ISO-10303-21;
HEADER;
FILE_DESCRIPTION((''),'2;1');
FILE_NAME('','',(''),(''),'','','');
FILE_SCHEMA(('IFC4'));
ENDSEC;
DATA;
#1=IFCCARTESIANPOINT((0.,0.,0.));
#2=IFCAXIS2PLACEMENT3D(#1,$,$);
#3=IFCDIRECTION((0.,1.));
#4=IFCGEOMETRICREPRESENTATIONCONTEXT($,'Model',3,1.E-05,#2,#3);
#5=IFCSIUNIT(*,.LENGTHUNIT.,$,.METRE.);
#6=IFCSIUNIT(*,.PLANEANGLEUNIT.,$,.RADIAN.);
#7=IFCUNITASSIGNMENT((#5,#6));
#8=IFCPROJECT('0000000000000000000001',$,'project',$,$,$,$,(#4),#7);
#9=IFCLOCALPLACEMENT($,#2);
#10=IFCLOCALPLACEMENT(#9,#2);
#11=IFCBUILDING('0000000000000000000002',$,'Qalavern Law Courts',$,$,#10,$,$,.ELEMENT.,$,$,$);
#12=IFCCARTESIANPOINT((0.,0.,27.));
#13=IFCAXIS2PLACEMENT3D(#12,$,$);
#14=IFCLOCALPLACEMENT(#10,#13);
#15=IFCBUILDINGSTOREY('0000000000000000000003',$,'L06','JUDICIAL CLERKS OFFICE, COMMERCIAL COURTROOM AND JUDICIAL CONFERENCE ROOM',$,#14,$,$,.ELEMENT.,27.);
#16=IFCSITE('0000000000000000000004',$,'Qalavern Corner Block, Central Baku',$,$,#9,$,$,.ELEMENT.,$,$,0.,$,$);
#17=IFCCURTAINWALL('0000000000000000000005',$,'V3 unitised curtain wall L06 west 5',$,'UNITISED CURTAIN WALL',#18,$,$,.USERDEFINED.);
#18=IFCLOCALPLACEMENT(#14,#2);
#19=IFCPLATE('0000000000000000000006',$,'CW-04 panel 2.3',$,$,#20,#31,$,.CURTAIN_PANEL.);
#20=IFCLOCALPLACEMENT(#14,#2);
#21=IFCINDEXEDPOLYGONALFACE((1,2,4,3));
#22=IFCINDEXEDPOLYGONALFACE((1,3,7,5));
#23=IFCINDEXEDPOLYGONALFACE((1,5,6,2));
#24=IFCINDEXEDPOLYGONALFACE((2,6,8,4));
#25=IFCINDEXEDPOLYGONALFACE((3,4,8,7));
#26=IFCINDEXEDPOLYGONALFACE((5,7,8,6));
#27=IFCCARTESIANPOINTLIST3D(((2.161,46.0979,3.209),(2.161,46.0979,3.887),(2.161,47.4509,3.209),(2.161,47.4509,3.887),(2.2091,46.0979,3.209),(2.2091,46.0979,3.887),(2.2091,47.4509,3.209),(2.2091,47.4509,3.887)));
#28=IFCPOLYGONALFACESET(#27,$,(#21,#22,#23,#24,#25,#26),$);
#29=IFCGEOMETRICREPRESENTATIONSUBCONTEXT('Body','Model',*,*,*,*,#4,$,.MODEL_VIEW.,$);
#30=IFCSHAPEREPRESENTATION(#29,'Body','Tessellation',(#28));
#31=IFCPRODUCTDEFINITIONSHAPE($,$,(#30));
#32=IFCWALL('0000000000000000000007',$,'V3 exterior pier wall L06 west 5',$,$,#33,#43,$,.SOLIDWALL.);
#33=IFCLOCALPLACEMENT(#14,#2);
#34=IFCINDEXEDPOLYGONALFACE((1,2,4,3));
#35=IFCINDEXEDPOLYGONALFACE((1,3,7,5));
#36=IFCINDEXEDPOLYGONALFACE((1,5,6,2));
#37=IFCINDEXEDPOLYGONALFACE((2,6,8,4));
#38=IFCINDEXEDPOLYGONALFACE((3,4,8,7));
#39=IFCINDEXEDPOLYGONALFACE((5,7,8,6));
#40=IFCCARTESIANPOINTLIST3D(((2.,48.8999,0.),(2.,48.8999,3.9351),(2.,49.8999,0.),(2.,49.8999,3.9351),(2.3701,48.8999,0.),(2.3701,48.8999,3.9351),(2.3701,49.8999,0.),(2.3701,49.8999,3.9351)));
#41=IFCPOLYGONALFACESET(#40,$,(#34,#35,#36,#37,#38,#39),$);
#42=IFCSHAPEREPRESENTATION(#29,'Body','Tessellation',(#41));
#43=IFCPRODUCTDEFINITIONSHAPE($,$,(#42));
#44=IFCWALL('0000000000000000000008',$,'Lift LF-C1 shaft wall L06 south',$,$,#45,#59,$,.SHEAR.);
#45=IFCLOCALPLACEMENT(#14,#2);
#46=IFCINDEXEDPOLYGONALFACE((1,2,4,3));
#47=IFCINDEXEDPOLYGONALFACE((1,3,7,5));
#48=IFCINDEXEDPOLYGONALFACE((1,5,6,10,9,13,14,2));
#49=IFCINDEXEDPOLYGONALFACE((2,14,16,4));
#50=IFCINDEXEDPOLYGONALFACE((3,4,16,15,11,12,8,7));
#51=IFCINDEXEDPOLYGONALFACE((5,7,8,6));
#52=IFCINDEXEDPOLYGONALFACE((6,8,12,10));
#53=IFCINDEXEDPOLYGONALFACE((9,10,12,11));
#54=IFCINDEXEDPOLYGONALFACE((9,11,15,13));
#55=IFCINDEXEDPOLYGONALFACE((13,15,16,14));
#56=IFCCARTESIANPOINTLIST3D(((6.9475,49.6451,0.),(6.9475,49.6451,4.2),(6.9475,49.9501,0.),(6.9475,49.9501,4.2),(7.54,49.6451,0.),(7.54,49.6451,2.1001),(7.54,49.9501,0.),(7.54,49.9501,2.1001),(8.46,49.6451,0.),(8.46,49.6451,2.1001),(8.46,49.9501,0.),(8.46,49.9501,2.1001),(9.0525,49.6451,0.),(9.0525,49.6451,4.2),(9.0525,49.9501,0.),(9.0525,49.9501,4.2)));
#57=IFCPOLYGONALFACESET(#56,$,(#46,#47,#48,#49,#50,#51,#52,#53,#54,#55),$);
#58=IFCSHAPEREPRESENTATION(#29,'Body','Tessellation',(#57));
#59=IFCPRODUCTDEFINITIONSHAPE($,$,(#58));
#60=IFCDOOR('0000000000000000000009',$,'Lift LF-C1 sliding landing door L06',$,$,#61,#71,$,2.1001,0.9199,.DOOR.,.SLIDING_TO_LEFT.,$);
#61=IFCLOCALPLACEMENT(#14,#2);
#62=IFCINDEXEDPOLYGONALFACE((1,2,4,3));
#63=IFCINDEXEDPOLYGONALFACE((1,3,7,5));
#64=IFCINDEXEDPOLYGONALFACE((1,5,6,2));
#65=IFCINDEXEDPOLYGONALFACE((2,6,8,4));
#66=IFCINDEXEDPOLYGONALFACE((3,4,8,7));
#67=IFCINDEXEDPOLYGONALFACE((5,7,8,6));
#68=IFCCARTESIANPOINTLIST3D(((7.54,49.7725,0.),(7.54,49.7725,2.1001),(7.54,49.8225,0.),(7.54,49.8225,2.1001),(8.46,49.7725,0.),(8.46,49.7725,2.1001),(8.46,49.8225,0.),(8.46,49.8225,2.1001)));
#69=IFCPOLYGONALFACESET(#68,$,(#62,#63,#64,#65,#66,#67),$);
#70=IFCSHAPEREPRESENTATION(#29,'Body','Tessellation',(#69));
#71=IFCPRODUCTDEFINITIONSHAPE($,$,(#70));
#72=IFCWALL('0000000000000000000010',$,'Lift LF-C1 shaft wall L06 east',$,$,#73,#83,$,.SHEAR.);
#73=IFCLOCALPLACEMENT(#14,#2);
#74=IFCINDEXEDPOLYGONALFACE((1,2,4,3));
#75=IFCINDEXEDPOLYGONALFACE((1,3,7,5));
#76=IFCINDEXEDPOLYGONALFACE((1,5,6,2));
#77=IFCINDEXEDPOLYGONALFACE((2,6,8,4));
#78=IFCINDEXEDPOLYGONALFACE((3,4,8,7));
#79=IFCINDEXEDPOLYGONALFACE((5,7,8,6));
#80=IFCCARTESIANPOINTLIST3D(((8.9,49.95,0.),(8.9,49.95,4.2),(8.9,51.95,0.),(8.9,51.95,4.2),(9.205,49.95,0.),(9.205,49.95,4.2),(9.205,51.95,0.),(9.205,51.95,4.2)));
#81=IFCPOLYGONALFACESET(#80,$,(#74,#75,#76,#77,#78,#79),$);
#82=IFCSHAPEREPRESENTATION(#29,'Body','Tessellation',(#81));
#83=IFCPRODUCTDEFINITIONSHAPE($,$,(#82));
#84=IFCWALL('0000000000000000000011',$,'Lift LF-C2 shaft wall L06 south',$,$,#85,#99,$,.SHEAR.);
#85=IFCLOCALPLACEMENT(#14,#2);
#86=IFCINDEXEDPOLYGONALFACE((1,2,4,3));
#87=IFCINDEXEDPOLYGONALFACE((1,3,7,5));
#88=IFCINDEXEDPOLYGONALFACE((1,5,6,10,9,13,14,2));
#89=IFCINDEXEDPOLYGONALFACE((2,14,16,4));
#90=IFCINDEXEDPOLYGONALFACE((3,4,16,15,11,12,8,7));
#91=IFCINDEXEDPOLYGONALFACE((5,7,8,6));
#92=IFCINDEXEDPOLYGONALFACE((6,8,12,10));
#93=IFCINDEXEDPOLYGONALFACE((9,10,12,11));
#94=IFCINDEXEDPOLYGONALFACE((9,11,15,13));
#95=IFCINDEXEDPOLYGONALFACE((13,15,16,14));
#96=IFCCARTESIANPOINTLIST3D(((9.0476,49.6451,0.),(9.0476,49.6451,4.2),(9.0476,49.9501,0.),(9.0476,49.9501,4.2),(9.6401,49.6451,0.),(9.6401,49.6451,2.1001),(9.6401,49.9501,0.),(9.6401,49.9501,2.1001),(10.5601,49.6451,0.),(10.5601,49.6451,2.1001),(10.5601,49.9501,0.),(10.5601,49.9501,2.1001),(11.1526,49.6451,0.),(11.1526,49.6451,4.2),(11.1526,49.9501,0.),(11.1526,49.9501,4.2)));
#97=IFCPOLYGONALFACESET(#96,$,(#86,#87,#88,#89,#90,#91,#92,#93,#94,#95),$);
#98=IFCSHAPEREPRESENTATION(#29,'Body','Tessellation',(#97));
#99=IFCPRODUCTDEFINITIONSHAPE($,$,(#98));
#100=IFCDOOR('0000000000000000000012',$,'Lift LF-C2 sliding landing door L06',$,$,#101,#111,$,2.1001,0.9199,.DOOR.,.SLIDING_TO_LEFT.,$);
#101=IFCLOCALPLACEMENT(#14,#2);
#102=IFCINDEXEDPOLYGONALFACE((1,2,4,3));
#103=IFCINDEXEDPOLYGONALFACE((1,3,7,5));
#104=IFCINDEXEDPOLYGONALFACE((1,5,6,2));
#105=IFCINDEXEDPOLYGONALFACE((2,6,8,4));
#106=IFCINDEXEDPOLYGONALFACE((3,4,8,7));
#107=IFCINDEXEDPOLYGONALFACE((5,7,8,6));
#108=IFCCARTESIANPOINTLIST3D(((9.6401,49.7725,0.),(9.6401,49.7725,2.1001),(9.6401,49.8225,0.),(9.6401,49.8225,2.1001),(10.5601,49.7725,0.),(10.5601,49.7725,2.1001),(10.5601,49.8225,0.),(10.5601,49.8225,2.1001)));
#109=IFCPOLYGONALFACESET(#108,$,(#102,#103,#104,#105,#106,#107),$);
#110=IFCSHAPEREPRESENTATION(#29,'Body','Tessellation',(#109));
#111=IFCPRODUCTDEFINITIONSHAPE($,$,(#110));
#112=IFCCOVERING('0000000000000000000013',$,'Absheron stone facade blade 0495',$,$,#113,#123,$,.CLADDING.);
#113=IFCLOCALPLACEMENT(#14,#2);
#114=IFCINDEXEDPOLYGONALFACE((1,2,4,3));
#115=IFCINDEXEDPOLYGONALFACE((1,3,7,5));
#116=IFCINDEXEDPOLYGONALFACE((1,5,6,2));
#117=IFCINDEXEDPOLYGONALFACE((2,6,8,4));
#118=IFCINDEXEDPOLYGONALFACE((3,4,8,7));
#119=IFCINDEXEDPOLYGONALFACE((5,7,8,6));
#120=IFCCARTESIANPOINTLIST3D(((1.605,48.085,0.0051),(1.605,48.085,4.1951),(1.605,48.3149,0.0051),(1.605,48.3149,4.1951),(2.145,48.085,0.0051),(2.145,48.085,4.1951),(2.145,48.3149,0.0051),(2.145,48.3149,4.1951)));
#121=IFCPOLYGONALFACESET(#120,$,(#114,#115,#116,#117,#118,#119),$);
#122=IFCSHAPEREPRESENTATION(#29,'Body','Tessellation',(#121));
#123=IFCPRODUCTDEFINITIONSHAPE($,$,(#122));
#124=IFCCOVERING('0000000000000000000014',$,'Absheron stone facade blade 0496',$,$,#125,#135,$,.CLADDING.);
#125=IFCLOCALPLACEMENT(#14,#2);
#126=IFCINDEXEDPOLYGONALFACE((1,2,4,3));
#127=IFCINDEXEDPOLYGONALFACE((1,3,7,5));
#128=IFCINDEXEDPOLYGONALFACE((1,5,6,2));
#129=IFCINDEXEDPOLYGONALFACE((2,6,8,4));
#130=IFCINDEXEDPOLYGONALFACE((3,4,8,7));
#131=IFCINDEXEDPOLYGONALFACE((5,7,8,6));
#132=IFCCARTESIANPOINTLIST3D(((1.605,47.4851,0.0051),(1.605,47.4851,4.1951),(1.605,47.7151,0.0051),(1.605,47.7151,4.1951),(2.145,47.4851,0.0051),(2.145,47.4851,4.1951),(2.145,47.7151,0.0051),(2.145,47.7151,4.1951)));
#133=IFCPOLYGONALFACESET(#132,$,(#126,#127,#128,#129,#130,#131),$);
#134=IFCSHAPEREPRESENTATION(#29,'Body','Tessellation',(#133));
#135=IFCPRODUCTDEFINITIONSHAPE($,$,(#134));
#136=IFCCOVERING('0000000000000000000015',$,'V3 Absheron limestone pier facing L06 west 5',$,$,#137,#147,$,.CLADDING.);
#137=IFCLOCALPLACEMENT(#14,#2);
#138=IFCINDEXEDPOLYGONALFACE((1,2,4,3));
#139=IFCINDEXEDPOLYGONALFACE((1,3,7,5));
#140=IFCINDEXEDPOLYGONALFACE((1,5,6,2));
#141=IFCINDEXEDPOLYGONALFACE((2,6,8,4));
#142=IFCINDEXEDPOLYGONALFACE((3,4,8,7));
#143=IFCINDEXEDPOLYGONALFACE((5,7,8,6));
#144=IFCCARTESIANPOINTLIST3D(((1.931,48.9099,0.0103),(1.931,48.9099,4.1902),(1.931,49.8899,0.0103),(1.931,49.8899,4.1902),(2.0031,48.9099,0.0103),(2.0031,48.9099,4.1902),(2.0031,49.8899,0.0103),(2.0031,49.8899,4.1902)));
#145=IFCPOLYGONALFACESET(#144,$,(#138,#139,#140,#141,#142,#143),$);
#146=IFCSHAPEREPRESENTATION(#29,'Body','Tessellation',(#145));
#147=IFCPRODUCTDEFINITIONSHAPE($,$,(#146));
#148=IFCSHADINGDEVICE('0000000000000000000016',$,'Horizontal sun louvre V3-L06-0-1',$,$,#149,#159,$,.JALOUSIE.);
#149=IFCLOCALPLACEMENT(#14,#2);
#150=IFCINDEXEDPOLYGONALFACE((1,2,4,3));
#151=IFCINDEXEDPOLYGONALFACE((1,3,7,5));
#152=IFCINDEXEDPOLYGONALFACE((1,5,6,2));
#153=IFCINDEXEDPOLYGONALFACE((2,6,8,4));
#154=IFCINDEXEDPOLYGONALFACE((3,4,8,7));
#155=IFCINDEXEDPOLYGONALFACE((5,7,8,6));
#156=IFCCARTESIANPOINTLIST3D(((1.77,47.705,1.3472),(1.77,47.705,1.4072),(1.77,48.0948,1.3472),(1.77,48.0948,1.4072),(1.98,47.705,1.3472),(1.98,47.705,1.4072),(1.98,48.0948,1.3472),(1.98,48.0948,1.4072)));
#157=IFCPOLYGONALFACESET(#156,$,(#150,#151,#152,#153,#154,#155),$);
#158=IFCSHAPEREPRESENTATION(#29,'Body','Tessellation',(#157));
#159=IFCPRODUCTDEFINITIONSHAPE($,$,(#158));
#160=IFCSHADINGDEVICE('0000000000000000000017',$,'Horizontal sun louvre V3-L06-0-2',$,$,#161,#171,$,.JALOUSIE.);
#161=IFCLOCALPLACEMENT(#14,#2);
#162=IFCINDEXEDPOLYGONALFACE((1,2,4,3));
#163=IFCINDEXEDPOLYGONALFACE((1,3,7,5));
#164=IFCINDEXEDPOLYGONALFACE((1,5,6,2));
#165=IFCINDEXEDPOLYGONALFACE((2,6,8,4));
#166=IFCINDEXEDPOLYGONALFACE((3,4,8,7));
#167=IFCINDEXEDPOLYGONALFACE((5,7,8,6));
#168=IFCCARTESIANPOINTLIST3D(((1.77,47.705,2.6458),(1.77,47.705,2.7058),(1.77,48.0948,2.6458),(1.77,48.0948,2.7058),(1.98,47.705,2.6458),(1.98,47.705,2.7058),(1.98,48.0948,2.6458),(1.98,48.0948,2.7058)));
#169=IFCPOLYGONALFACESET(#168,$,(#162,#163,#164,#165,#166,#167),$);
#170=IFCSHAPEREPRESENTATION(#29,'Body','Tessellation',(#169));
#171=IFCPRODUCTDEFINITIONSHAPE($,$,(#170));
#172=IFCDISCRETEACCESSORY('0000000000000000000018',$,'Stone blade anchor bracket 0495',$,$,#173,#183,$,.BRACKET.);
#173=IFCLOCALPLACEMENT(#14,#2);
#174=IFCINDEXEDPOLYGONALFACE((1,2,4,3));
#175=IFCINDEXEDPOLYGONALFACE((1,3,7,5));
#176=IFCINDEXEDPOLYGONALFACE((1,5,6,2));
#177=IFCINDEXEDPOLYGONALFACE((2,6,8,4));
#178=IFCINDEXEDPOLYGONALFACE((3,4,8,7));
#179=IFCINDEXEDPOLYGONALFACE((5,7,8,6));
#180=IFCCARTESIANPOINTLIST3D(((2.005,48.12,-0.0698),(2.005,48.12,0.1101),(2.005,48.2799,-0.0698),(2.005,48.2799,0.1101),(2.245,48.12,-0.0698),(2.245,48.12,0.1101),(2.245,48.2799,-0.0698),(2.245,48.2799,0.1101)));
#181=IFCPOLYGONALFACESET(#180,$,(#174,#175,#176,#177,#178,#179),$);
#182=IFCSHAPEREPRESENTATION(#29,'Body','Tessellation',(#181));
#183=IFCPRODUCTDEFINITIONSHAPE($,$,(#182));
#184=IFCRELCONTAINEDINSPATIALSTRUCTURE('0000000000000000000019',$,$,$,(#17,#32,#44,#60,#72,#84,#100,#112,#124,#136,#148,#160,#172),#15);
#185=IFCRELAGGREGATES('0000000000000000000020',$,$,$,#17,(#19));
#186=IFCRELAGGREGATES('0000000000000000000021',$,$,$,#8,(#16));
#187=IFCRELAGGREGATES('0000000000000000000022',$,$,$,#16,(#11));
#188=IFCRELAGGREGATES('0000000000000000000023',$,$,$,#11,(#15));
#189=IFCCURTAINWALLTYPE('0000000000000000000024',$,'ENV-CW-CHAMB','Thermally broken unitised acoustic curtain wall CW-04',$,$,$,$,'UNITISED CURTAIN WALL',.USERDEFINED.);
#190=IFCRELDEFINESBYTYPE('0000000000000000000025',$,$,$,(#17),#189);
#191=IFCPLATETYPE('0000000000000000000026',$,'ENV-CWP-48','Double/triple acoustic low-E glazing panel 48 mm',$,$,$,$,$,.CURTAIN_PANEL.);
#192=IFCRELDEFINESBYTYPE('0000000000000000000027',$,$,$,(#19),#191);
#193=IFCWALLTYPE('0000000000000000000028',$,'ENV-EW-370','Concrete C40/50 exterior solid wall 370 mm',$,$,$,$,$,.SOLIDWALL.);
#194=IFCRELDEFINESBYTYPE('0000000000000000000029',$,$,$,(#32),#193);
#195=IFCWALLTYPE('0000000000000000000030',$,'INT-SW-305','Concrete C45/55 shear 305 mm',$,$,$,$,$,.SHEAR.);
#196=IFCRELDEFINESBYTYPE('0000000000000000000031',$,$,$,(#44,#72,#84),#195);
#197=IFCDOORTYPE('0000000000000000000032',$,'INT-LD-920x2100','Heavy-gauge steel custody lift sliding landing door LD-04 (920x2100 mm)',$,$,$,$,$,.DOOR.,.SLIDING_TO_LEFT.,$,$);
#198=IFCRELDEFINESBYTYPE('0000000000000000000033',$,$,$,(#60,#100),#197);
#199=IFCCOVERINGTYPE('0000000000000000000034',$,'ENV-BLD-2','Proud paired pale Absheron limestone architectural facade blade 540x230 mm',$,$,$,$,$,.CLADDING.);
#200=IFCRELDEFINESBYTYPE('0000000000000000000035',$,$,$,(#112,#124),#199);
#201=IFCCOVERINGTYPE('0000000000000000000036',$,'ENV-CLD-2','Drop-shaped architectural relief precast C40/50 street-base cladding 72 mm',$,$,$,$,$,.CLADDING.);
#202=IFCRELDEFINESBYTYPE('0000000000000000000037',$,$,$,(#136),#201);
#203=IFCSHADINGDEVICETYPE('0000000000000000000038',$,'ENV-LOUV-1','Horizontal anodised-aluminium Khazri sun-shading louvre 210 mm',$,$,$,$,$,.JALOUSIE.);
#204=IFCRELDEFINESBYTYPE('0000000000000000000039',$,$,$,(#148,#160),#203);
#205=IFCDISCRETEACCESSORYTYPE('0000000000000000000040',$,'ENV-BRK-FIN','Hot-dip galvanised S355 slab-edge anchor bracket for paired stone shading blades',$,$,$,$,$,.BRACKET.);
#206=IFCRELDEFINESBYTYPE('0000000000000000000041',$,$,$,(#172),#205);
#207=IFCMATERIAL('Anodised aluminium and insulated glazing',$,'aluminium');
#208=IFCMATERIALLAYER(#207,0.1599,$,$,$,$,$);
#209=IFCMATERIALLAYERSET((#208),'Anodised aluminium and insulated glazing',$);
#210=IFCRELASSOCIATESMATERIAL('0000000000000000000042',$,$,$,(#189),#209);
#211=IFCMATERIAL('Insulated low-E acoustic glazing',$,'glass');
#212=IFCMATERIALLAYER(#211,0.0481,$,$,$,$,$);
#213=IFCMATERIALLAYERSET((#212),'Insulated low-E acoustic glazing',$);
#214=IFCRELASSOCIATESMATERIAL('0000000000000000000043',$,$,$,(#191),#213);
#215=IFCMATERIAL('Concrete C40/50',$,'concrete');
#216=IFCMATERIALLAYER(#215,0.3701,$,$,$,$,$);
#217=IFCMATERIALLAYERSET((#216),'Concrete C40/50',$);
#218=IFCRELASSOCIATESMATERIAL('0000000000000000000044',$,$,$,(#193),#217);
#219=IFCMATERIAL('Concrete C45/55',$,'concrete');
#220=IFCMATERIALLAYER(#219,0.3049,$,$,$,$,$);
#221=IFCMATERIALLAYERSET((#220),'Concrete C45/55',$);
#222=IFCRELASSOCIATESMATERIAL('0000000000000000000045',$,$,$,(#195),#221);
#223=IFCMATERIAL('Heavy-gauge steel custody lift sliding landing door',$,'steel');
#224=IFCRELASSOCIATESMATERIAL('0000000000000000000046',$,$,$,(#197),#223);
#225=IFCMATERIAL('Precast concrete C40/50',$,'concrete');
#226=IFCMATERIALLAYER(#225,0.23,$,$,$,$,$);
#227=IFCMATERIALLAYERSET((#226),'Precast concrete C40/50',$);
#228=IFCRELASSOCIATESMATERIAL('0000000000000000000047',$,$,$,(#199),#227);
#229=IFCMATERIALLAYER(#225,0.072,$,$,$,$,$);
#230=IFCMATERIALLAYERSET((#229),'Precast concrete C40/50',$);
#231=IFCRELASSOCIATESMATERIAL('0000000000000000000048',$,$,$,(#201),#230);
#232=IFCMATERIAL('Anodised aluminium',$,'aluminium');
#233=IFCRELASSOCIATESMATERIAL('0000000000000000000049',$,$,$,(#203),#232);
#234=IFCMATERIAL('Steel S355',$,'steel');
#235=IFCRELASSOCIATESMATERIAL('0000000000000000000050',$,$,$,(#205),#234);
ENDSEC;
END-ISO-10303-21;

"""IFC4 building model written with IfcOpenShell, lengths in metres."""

from ifc_helpers import new_model, si_unit, direction, frame, frame_2d, origin, origin_2d, place, context, subcontext, project, spatial, rectangle, extrude, material, layer, layer_set, type_object, element, fill, aggregate, save


model = new_model("IFC4")

# Units and contexts
model_context = context("Model", 3, precision=1e-05, world=origin(), true_north=direction((0.0, 1.0)))
body_context = subcontext(model_context, "Body", "Model", "MODEL_VIEW")
ifc_project = project(units=[si_unit("LENGTHUNIT", "METRE"), si_unit("PLANEANGLEUNIT", "RADIAN")], contexts=[model_context])

# Site, building, storey
site_placement = place(None, origin())
site = spatial("IfcSite", under=ifc_project, at=site_placement, Name="Qalavern Corner Block, Central Baku", CompositionType="ELEMENT", RefElevation=0.0)
building_placement = place(site_placement, origin())
building = spatial("IfcBuilding", under=site, at=building_placement, Name="Qalavern Law Courts", CompositionType="ELEMENT")
storey_placement = place(building_placement, frame((0.0, 0.0, 27.0)))
storey = spatial("IfcBuildingStorey", under=building, at=storey_placement, Name="L06", Description="JUDICIAL CLERKS OFFICE, COMMERCIAL COURTROOM AND JUDICIAL CONFERENCE ROOM", CompositionType="ELEMENT", Elevation=27.0)

# Shared definitions
ifc_material_1 = material(Name="Concrete C45/55", Category="concrete")

# Shared definitions
ifc_material_2 = material(Name="Anodised aluminium and insulated glazing", Category="aluminium")
ifc_layer_1 = layer(ifc_material_2, 0.1599)
ifc_layer_set_1 = layer_set([ifc_layer_1], Name="Anodised aluminium and insulated glazing")
curtain_wall_type = type_object("IfcCurtainWallType", Name="ENV-CW-CHAMB", Description="Thermally broken unitised acoustic curtain wall CW-04", ElementType="UNITISED CURTAIN WALL", PredefinedType="USERDEFINED", material=ifc_layer_set_1)
ifc_material_3 = material(Name="Anodised aluminium", Category="aluminium")

# Curtain wall
curtain_wall_1_placement = place(storey_placement, origin())
curtain_wall_1 = element("IfcCurtainWall", 1, at=curtain_wall_1_placement, inside=storey, type_object=curtain_wall_type, Name="V3 unitised curtain wall L06 west 5", ObjectType="UNITISED CURTAIN WALL", PredefinedType="USERDEFINED")

# Shared definitions
ifc_material_4 = material(Name="Steel S355", Category="steel")
ifc_material_5 = material(Name="Concrete C40/50", Category="concrete")

# Plate
ifc_material_6 = material(Name="Insulated low-E acoustic glazing", Category="glass")
ifc_layer_2 = layer(ifc_material_6, 0.0481)
ifc_layer_set_2 = layer_set([ifc_layer_2], Name="Insulated low-E acoustic glazing")
plate_type_1 = type_object("IfcPlateType", Name="ENV-CWP-48", Description="Double/triple acoustic low-E glazing panel 48 mm", PredefinedType="CURTAIN_PANEL", material=ifc_layer_set_2)
plate_1_placement = place(storey_placement, frame((2.1851, 46.7744, 3.209), z_axis=(0.0, 0.0, 1.0), x_axis=(0.0, -1.0, 0.0)))
plate_1 = element("IfcPlate", 2, at=plate_1_placement, type_object=plate_type_1, Name="CW-04 panel 2.3", PredefinedType="CURTAIN_PANEL", context=body_context, shape_type="SweptSolid", body=[
    extrude(rectangle(XDim=1.353, YDim=0.0481, at=origin_2d()), origin(), (0.0, 0.0, 1.0), 0.678),
])
aggregate(curtain_wall_1, [plate_1])

# Wall
ifc_layer_3 = layer(ifc_material_5, 0.3701)
ifc_layer_set_3 = layer_set([ifc_layer_3], Name="Concrete C40/50")
wall_type_1 = type_object("IfcWallType", Name="ENV-EW-370", Description="Concrete C40/50 exterior solid wall 370 mm", PredefinedType="SOLIDWALL", material=ifc_layer_set_3)
wall_1_placement = place(storey_placement, frame((2.1851, 49.8999, 0.0), z_axis=(0.0, 0.0, 1.0), x_axis=(0.0, -1.0, 0.0)))
element("IfcWall", 3, at=wall_1_placement, inside=storey, type_object=wall_type_1, Name="V3 exterior pier wall L06 west 5", PredefinedType="SOLIDWALL", context=body_context, shape_type="SweptSolid", body=[
    extrude(rectangle(XDim=1.0, YDim=0.3701, at=frame_2d((0.5, 0.0))), origin(), (0.0, 0.0, 1.0), 3.9351),
])

# Wall, opening, door
ifc_layer_4 = layer(ifc_material_1, 0.3049)
ifc_layer_set_4 = layer_set([ifc_layer_4], Name="Concrete C45/55")
wall_type_2 = type_object("IfcWallType", Name="INT-SW-305", Description="Concrete C45/55 shear 305 mm", PredefinedType="SHEAR", material=ifc_layer_set_4)
wall_2_placement = place(storey_placement, frame((6.9475, 49.7976, 0.0), z_axis=(0.0, 0.0, 1.0), x_axis=(1.0, 0.0, 0.0)))
wall_2 = element("IfcWall", 4, at=wall_2_placement, inside=storey, type_object=wall_type_2, Name="Lift LF-C1 shaft wall L06 south", PredefinedType="SHEAR", context=body_context, shape_type="SweptSolid", body=[
    extrude(rectangle(XDim=2.105, YDim=0.3049, at=frame_2d((1.0525, 0.0))), origin(), (0.0, 0.0, 1.0), 4.2),
])
opening_1_placement = place(wall_2_placement, frame((0.5925, 0.0, 0.0)))
opening_1 = element("IfcOpeningElement", 5, at=opening_1_placement, cuts=wall_2, PredefinedType="OPENING", context=body_context, shape_type="SweptSolid", body=[
    extrude(rectangle(XDim=0.9199, YDim=2.1001, at=frame_2d((0.46, 1.05))), frame((0.0, 0.1675, 0.0), z_axis=(0.0, -1.0, 0.0), x_axis=(1.0, 0.0, 0.0)), (0.0, 0.0, 1.0), 0.3347),
])
ifc_material_7 = material(Name="Heavy-gauge steel custody lift sliding landing door", Category="steel")
door_type = type_object("IfcDoorType", Name="INT-LD-920x2100", Description="Heavy-gauge steel custody lift sliding landing door LD-04 (920x2100 mm)", OperationType="SLIDING_TO_LEFT", PredefinedType="DOOR", material=ifc_material_7)
door_1_placement = place(opening_1_placement, origin())
door_1 = element("IfcDoor", 6, at=door_1_placement, inside=storey, type_object=door_type, Name="Lift LF-C1 sliding landing door L06", OperationType="SLIDING_TO_LEFT", OverallHeight=2.1001, OverallWidth=0.9199, PredefinedType="DOOR", context=body_context, shape_type="SweptSolid", body=[
    extrude(rectangle(XDim=0.9199, YDim=2.1001, at=frame_2d((0.46, 1.05))), frame((0.0, 0.0249, 0.0), z_axis=(0.0, -1.0, 0.0), x_axis=(1.0, 0.0, 0.0)), (0.0, 0.0, 1.0), 0.05),
])
fill(opening_1, door_1)

# Wall
wall_3_placement = place(storey_placement, frame((9.0525, 49.95, 0.0), z_axis=(0.0, 0.0, 1.0), x_axis=(0.0, 1.0, 0.0)))
element("IfcWall", 7, at=wall_3_placement, inside=storey, type_object=wall_type_2, Name="Lift LF-C1 shaft wall L06 east", PredefinedType="SHEAR", context=body_context, shape_type="SweptSolid", body=[
    extrude(rectangle(XDim=2.0, YDim=0.3049, at=frame_2d((1.0, 0.0))), origin(), (0.0, 0.0, 1.0), 4.2),
])

# Wall, opening, door
wall_4_placement = place(storey_placement, frame((9.0476, 49.7976, 0.0), z_axis=(0.0, 0.0, 1.0), x_axis=(1.0, 0.0, 0.0)))
wall_4 = element("IfcWall", 8, at=wall_4_placement, inside=storey, type_object=wall_type_2, Name="Lift LF-C2 shaft wall L06 south", PredefinedType="SHEAR", context=body_context, shape_type="SweptSolid", body=[
    extrude(rectangle(XDim=2.105, YDim=0.3049, at=frame_2d((1.0525, 0.0))), origin(), (0.0, 0.0, 1.0), 4.2),
])
opening_2_placement = place(wall_4_placement, frame((0.5925, 0.0, 0.0)))
opening_2 = element("IfcOpeningElement", 9, at=opening_2_placement, cuts=wall_4, PredefinedType="OPENING", context=body_context, shape_type="SweptSolid", body=[
    extrude(rectangle(XDim=0.9199, YDim=2.1001, at=frame_2d((0.46, 1.05))), frame((0.0, 0.1675, 0.0), z_axis=(0.0, -1.0, 0.0), x_axis=(1.0, 0.0, 0.0)), (0.0, 0.0, 1.0), 0.3347),
])
door_2_placement = place(opening_2_placement, origin())
door_2 = element("IfcDoor", 10, at=door_2_placement, inside=storey, type_object=door_type, Name="Lift LF-C2 sliding landing door L06", OperationType="SLIDING_TO_LEFT", OverallHeight=2.1001, OverallWidth=0.9199, PredefinedType="DOOR", context=body_context, shape_type="SweptSolid", body=[
    extrude(rectangle(XDim=0.9199, YDim=2.1001, at=frame_2d((0.46, 1.05))), frame((0.0, 0.0249, 0.0), z_axis=(0.0, -1.0, 0.0), x_axis=(1.0, 0.0, 0.0)), (0.0, 0.0, 1.0), 0.05),
])
fill(opening_2, door_2)

# Coverings
ifc_material_8 = material(Name="Precast concrete C40/50", Category="concrete")
ifc_layer_5 = layer(ifc_material_8, 0.23)
ifc_layer_set_5 = layer_set([ifc_layer_5], Name="Precast concrete C40/50")
covering_type_1 = type_object("IfcCoveringType", Name="ENV-BLD-2", Description="Proud paired pale Absheron limestone architectural facade blade 540x230 mm", PredefinedType="CLADDING", material=ifc_layer_set_5)
for number, where, z_axis, x_axis, name in (
    (11, (1.875, 48.2, 0.0051), (0.0, 0.0, 1.0), (-1.0, 0.0, 0.0), "Absheron stone facade blade 0495"),
    (12, (1.875, 47.6001, 0.0051), (0.0, 0.0, 1.0), (-1.0, 0.0, 0.0), "Absheron stone facade blade 0496"),
):
    element("IfcCovering", number, at=place(storey_placement, frame(where, z_axis=z_axis, x_axis=x_axis)), inside=storey, type_object=covering_type_1, Name=name, PredefinedType="CLADDING", context=body_context, shape_type="SweptSolid", body=[
        extrude(rectangle(XDim=0.54, YDim=0.23, at=origin_2d()), origin(), (0.0, 0.0, 1.0), 4.1899),
    ])
ifc_layer_6 = layer(ifc_material_8, 0.072)
ifc_layer_set_6 = layer_set([ifc_layer_6], Name="Precast concrete C40/50")
covering_type_2 = type_object("IfcCoveringType", Name="ENV-CLD-2", Description="Drop-shaped architectural relief precast C40/50 street-base cladding 72 mm", PredefinedType="CLADDING", material=ifc_layer_set_6)
covering_placement = place(storey_placement, frame((1.967, 49.3999, 0.0103), z_axis=(0.0, 0.0, 1.0), x_axis=(0.0, -1.0, 0.0)))
element("IfcCovering", 13, at=covering_placement, inside=storey, type_object=covering_type_2, Name="V3 Absheron limestone pier facing L06 west 5", PredefinedType="CLADDING", context=body_context, shape_type="SweptSolid", body=[
    extrude(rectangle(XDim=0.98, YDim=0.072, at=origin_2d()), origin(), (0.0, 0.0, 1.0), 4.1799),
])

# Shading devices
shading_device_type = type_object("IfcShadingDeviceType", Name="ENV-LOUV-1", Description="Horizontal anodised-aluminium Khazri sun-shading louvre 210 mm", PredefinedType="JALOUSIE", material=ifc_material_3)
for number, where, z_axis, x_axis, name in (
    (14, (1.875, 47.8999, 1.3472), (0.0, 0.0, 1.0), (0.0, -1.0, 0.0), "Horizontal sun louvre V3-L06-0-1"),
    (15, (1.875, 47.8999, 2.6458), (0.0, 0.0, 1.0), (0.0, -1.0, 0.0), "Horizontal sun louvre V3-L06-0-2"),
):
    element("IfcShadingDevice", number, at=place(storey_placement, frame(where, z_axis=z_axis, x_axis=x_axis)), inside=storey, type_object=shading_device_type, Name=name, PredefinedType="JALOUSIE", context=body_context, shape_type="SweptSolid", body=[
        extrude(rectangle(XDim=0.3899, YDim=0.21, at=origin_2d()), origin(), (0.0, 0.0, 1.0), 0.0601),
    ])

# Discrete accessory
discrete_accessory_type = type_object("IfcDiscreteAccessoryType", Name="ENV-BRK-FIN", Description="Hot-dip galvanised S355 slab-edge anchor bracket for paired stone shading blades", PredefinedType="BRACKET", material=ifc_material_4)
for number, where, z_axis, x_axis, name in (
    (16, (2.125, 48.2, -0.0698), (0.0, 0.0, 1.0), (-1.0, 0.0, 0.0), "Stone blade anchor bracket 0495"),
):
    element("IfcDiscreteAccessory", number, at=place(storey_placement, frame(where, z_axis=z_axis, x_axis=x_axis)), inside=storey, type_object=discrete_accessory_type, Name=name, PredefinedType="BRACKET", context=body_context, shape_type="SweptSolid", body=[
        extrude(rectangle(XDim=0.24, YDim=0.1599, at=origin_2d()), origin(), (0.0, 0.0, 1.0), 0.1799),
    ])

save(model, "model.ifc")
